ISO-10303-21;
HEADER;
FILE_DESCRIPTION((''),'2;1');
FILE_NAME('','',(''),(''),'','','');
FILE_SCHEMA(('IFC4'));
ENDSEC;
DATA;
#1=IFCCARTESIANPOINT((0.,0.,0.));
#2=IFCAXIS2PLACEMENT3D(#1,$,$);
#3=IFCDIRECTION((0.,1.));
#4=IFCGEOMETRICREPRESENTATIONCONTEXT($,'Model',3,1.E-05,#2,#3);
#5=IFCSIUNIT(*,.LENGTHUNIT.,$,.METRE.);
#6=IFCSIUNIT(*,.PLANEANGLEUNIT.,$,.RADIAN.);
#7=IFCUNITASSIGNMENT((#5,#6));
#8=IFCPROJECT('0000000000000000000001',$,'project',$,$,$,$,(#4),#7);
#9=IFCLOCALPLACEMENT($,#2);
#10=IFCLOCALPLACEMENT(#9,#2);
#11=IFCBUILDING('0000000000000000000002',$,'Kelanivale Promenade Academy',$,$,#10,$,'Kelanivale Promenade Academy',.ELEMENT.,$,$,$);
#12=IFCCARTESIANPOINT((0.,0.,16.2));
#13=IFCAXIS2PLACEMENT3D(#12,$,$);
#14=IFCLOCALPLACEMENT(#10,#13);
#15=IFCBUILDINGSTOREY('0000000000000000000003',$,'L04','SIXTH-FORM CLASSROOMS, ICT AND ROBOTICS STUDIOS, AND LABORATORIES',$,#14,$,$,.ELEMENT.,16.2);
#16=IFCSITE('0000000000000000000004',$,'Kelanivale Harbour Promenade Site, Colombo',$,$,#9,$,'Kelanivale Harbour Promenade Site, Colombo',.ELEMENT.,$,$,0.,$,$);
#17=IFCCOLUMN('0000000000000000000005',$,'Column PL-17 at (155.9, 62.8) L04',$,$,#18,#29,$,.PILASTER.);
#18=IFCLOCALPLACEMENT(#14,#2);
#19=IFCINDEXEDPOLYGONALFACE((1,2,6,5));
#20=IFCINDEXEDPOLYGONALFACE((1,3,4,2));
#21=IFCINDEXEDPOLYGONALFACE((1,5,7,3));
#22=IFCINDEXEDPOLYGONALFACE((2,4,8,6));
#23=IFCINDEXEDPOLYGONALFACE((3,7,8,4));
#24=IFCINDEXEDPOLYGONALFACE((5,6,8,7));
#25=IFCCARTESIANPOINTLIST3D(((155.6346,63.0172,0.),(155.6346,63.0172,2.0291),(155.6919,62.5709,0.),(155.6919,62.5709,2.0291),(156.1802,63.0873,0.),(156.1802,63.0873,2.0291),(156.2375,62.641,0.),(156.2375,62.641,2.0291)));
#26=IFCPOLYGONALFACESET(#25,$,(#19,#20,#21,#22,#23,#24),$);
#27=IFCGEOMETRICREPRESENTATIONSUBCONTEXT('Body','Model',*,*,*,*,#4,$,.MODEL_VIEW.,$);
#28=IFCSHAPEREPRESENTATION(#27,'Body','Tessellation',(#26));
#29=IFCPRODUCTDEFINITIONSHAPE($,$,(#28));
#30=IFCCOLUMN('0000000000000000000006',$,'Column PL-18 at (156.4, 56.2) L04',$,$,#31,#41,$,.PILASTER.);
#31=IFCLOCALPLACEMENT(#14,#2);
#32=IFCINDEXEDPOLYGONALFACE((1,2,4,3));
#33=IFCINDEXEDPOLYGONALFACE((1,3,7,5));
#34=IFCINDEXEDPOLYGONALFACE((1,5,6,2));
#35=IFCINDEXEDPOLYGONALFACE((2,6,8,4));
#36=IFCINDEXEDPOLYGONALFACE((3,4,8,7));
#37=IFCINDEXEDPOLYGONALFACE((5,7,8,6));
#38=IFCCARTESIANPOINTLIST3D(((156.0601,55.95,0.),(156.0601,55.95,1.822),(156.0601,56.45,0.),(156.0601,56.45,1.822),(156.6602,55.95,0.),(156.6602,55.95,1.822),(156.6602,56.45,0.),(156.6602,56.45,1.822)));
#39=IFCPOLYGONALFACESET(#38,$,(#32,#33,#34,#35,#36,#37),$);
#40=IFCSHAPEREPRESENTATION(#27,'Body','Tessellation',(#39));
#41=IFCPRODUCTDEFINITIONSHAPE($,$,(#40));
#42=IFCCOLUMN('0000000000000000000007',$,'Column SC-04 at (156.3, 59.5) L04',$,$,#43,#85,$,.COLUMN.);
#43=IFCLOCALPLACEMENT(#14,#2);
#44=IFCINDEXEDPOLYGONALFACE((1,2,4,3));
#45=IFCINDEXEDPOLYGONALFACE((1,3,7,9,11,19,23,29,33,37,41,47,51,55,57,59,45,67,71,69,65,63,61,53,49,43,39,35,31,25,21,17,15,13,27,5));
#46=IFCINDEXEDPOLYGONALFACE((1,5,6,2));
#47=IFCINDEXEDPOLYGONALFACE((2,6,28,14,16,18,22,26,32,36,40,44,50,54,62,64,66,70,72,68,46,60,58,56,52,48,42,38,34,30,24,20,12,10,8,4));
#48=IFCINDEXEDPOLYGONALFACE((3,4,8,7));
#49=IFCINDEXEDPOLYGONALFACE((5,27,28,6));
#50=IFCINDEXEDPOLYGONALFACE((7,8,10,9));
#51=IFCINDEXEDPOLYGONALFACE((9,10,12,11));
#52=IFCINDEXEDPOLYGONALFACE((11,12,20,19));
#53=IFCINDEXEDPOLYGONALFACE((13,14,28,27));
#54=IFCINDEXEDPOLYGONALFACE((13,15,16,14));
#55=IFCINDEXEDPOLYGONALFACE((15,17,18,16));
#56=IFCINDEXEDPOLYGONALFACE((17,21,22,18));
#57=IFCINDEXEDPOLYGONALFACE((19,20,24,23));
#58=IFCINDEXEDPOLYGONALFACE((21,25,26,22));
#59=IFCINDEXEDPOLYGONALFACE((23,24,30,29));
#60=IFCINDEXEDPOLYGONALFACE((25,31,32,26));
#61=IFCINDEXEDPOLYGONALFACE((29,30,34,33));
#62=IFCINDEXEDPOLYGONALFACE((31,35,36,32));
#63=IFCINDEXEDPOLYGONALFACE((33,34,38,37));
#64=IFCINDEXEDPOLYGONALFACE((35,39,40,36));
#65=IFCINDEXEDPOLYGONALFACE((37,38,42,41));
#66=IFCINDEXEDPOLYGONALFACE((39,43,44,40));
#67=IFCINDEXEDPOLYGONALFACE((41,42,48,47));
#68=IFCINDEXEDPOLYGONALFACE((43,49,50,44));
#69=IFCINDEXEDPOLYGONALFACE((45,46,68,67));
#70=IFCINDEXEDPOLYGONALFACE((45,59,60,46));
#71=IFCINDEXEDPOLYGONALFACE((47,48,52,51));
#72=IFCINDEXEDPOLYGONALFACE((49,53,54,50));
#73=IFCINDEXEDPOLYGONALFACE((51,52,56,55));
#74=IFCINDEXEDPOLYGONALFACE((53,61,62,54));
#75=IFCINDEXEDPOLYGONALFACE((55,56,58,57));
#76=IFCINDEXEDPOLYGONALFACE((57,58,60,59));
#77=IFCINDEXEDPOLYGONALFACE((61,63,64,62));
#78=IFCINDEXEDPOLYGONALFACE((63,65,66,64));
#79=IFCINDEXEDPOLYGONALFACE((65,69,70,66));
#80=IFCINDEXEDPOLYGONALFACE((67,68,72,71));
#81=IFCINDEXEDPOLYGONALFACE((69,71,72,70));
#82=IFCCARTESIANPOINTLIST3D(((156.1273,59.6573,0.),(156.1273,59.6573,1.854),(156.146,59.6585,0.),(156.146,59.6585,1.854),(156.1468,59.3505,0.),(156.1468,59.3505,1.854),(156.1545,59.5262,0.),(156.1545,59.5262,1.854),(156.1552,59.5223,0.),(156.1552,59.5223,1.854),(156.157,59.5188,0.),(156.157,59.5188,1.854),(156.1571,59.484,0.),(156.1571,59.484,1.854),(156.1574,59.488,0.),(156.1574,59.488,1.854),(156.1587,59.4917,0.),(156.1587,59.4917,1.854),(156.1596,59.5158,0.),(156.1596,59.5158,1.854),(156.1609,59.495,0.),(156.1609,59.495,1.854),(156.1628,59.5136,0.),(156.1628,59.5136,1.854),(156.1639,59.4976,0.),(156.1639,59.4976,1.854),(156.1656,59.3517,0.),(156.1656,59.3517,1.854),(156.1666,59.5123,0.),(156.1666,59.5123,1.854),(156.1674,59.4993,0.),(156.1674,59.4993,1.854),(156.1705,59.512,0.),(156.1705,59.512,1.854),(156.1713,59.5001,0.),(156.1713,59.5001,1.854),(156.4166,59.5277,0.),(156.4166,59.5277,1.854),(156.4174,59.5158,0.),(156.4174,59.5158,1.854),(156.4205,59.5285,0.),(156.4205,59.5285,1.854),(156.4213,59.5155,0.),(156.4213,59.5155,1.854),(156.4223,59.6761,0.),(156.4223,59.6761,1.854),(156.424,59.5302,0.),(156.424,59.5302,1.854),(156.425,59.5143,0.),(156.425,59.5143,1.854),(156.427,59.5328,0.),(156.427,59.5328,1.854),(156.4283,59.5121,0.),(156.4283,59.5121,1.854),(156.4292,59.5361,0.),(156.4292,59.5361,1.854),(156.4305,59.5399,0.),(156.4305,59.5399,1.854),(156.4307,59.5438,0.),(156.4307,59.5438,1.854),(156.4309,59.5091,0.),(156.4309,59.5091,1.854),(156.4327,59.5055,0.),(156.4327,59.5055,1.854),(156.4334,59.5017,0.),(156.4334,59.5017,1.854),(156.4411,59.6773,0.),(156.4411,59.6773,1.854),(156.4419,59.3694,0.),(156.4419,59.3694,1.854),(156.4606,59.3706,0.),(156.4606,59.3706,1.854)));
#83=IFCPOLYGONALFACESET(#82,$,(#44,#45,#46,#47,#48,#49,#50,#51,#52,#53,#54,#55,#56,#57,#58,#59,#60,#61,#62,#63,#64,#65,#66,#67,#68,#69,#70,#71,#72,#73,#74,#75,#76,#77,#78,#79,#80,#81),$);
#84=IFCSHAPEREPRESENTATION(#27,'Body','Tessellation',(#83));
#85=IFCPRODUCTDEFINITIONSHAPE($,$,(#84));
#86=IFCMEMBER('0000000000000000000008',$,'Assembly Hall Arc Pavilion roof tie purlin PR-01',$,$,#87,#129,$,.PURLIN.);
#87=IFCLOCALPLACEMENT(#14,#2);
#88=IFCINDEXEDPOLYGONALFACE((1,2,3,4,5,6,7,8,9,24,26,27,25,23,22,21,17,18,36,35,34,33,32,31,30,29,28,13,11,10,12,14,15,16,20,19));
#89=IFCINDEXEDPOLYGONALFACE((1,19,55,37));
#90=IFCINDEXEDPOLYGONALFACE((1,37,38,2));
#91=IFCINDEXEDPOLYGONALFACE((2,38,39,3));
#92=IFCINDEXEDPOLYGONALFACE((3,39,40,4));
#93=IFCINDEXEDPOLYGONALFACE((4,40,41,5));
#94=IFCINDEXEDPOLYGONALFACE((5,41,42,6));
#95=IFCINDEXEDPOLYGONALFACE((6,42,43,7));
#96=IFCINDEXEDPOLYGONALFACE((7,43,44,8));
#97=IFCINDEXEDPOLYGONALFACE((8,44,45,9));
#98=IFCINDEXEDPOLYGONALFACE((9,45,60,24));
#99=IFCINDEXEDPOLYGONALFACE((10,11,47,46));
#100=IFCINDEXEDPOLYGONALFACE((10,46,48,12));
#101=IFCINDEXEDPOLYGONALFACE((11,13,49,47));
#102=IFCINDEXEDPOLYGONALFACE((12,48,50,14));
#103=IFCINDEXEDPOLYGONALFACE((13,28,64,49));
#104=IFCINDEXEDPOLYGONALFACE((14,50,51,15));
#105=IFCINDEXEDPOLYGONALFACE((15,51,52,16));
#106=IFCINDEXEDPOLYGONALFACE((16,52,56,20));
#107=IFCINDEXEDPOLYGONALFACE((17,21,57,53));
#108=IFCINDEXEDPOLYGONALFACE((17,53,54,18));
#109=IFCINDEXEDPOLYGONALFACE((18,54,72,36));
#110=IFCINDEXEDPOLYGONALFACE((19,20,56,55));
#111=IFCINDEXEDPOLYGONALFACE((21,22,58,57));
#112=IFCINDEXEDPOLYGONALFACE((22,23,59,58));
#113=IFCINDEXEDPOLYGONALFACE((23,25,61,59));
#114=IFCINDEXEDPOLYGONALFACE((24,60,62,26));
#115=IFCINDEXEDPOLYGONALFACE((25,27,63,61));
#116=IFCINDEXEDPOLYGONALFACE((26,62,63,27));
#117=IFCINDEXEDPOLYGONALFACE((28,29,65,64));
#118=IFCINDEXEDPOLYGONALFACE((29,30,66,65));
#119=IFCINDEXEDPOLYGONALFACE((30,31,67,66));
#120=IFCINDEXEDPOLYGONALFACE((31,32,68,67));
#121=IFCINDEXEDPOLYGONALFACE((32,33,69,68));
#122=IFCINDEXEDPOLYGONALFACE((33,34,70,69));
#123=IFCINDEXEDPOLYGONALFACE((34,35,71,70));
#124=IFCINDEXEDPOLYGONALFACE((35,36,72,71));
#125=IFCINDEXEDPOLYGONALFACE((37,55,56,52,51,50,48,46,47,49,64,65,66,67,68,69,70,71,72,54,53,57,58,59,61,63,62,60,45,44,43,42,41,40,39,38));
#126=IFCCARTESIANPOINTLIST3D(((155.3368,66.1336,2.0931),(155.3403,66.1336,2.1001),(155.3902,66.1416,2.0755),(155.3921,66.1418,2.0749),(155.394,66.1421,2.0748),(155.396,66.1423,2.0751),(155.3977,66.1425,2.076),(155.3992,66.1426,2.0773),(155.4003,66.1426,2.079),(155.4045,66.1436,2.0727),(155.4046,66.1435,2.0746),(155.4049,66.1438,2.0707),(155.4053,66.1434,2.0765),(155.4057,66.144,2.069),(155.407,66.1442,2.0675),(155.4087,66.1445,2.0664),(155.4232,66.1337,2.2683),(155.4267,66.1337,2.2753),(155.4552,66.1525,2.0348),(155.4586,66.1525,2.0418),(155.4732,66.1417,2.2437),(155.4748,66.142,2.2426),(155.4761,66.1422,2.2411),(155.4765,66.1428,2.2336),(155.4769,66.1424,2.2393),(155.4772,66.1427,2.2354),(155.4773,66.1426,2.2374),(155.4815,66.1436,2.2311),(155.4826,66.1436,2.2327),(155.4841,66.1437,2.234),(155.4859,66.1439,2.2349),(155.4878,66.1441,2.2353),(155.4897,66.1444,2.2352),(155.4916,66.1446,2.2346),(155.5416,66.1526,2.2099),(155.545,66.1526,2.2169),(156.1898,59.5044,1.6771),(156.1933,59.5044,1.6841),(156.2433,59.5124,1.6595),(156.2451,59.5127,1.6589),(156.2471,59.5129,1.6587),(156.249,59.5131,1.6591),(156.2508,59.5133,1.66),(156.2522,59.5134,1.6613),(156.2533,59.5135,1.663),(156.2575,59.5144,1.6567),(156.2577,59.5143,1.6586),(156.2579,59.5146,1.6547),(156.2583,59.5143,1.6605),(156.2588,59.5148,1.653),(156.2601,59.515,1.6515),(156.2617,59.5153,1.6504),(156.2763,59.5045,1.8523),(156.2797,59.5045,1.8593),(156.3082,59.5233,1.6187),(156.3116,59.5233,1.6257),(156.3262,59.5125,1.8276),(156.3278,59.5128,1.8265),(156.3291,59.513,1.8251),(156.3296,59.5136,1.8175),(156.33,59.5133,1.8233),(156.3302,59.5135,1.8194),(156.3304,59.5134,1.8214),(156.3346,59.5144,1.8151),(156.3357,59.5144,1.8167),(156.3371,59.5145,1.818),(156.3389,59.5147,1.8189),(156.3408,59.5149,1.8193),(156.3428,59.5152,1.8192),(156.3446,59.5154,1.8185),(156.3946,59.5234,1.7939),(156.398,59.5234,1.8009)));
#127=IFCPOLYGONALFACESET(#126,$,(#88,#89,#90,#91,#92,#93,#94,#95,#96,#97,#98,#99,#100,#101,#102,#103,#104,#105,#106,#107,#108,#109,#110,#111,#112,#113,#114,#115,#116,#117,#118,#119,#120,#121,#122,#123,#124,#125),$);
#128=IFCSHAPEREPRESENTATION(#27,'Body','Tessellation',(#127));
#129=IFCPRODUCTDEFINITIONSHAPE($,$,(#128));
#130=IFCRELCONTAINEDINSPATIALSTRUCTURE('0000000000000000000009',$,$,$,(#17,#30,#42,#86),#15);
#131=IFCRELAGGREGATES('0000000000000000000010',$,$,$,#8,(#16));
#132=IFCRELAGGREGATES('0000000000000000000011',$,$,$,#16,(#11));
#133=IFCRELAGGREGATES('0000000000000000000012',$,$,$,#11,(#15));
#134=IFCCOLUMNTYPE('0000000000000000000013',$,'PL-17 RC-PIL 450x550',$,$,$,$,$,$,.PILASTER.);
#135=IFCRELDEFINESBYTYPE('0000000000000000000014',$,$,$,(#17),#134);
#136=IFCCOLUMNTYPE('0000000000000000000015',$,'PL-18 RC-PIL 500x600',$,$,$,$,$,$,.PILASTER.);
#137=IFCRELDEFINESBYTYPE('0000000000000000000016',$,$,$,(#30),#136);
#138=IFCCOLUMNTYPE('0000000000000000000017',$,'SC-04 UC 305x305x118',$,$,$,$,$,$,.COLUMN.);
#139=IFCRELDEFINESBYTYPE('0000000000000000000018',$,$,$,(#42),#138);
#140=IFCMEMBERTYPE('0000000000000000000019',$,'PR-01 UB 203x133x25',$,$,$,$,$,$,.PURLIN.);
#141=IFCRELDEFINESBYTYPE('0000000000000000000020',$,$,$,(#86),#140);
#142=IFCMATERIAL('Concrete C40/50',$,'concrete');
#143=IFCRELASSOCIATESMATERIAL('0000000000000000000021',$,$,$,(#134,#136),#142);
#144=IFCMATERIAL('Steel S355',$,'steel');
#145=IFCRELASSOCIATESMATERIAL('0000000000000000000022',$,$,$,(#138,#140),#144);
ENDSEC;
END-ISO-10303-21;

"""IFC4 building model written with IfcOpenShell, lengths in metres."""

from ifc_helpers import new_model, si_unit, direction, frame, origin, origin_2d, place, context, subcontext, project, spatial, rectangle, i_section, extrude, material, material_profile, profile_set, type_object, element, save


model = new_model("IFC4")

# Units and contexts
model_context = context("Model", 3, precision=1e-05, world=origin(), true_north=direction((0.0, 1.0)))
body_context = subcontext(model_context, "Body", "Model", "MODEL_VIEW")
ifc_project = project(units=[si_unit("LENGTHUNIT", "METRE"), si_unit("PLANEANGLEUNIT", "RADIAN")], contexts=[model_context])

# Site, building, storey
site_placement = place(None, origin())
site = spatial("IfcSite", under=ifc_project, at=site_placement, Name="Kelanivale Harbour Promenade Site, Colombo", LongName="Kelanivale Harbour Promenade Site, Colombo", CompositionType="ELEMENT", RefElevation=0.0)
building_placement = place(site_placement, origin())
building = spatial("IfcBuilding", under=site, at=building_placement, Name="Kelanivale Promenade Academy", LongName="Kelanivale Promenade Academy", CompositionType="ELEMENT")
storey_placement = place(building_placement, frame((0.0, 0.0, 16.2)))
storey = spatial("IfcBuildingStorey", under=building, at=storey_placement, Name="L04", Description="SIXTH-FORM CLASSROOMS, ICT AND ROBOTICS STUDIOS, AND LABORATORIES", CompositionType="ELEMENT", Elevation=16.2)

# Columns
ifc_material_1 = material(Name="Concrete C40/50", Category="concrete")
ifc_material_profile_1 = material_profile(ifc_material_1, rectangle(XDim=0.45, YDim=0.55, at=origin_2d()), Name="RC-PIL 450x550")
ifc_profile_set_1 = profile_set([ifc_material_profile_1], Name="Concrete C40/50")
column_type_1 = type_object("IfcColumnType", Name="PL-17 RC-PIL 450x550", PredefinedType="PILASTER", material=ifc_profile_set_1)
column_1_placement = place(storey_placement, frame((155.936, 62.8291, 0.0), z_axis=(0.0, 0.0, 1.0), x_axis=(-0.127411, 0.99185, 0.0)))
element("IfcColumn", 1, at=column_1_placement, inside=storey, type_object=column_type_1, Name="Column PL-17 at (155.9, 62.8) L04", PredefinedType="PILASTER", context=body_context, shape_type="SweptSolid", body=[
    extrude(rectangle(XDim=0.45, YDim=0.55, at=origin_2d()), origin(), (0.0, 0.0, 1.0), 2.0291),
])
ifc_material_profile_2 = material_profile(ifc_material_1, rectangle(XDim=0.5, YDim=0.6001, at=origin_2d()), Name="RC-PIL 500x600")
ifc_profile_set_2 = profile_set([ifc_material_profile_2], Name="Concrete C40/50")
column_type_2 = type_object("IfcColumnType", Name="PL-18 RC-PIL 500x600", PredefinedType="PILASTER", material=ifc_profile_set_2)
column_2_placement = place(storey_placement, frame((156.3601, 56.2, 0.0), z_axis=(0.0, 0.0, 1.0), x_axis=(0.0, 1.0, 0.0)))
element("IfcColumn", 2, at=column_2_placement, inside=storey, type_object=column_type_2, Name="Column PL-18 at (156.4, 56.2) L04", PredefinedType="PILASTER", context=body_context, shape_type="SweptSolid", body=[
    extrude(rectangle(XDim=0.5, YDim=0.6001, at=origin_2d()), origin(), (0.0, 0.0, 1.0), 1.822),
])
ifc_material_2 = material(Name="Steel S355", Category="steel")
ifc_material_profile_3 = material_profile(ifc_material_2, i_section(OverallWidth=0.3074, OverallDepth=0.3145, WebThickness=0.012, FlangeThickness=0.0188, FilletRadius=0.0151, at=origin_2d()), Name="UC 305x305x118")
ifc_profile_set_3 = profile_set([ifc_material_profile_3], Name="Steel S355")
column_type_3 = type_object("IfcColumnType", Name="SC-04 UC 305x305x118", PredefinedType="COLUMN", material=ifc_profile_set_3)
column_3_placement = place(storey_placement, frame((156.2939, 59.5139, 0.0), z_axis=(0.0, 0.0, 1.0), x_axis=(-0.063661, 0.997972, 0.0)))
element("IfcColumn", 3, at=column_3_placement, inside=storey, type_object=column_type_3, Name="Column SC-04 at (156.3, 59.5) L04", PredefinedType="COLUMN", context=body_context, shape_type="SweptSolid", body=[
    extrude(i_section(OverallWidth=0.3074, OverallDepth=0.3145, WebThickness=0.012, FlangeThickness=0.0188, FilletRadius=0.0151, at=origin_2d()), origin(), (0.0, 0.0, 1.0), 1.854),
])

# Member
ifc_material_profile_4 = material_profile(ifc_material_2, i_section(OverallWidth=0.1333, OverallDepth=0.2031, WebThickness=0.0056, FlangeThickness=0.0078, FilletRadius=0.0076, at=origin_2d()), Name="UB 203x133x25")
ifc_profile_set_4 = profile_set([ifc_material_profile_4], Name="Steel S355")
member_type_1 = type_object("IfcMemberType", Name="PR-01 UB 203x133x25", PredefinedType="PURLIN", material=ifc_profile_set_4)
member_1_placement = place(storey_placement, frame((156.2939, 59.5139, 1.739), z_axis=(-0.127379, 0.989907, 0.062122), x_axis=(-0.887737, -0.141719, 0.437994)))
element("IfcMember", 4, at=member_1_placement, inside=storey, type_object=member_type_1, Name="Assembly Hall Arc Pavilion roof tie purlin PR-01", PredefinedType="PURLIN", context=body_context, shape_type="SweptSolid", body=[
    extrude(i_section(OverallWidth=0.1333, OverallDepth=0.2031, WebThickness=0.0056, FlangeThickness=0.0078, FilletRadius=0.0076, at=origin_2d()), origin(), (0.0, 0.0, 1.0), 6.6968),
])

save(model, "model.ifc")
